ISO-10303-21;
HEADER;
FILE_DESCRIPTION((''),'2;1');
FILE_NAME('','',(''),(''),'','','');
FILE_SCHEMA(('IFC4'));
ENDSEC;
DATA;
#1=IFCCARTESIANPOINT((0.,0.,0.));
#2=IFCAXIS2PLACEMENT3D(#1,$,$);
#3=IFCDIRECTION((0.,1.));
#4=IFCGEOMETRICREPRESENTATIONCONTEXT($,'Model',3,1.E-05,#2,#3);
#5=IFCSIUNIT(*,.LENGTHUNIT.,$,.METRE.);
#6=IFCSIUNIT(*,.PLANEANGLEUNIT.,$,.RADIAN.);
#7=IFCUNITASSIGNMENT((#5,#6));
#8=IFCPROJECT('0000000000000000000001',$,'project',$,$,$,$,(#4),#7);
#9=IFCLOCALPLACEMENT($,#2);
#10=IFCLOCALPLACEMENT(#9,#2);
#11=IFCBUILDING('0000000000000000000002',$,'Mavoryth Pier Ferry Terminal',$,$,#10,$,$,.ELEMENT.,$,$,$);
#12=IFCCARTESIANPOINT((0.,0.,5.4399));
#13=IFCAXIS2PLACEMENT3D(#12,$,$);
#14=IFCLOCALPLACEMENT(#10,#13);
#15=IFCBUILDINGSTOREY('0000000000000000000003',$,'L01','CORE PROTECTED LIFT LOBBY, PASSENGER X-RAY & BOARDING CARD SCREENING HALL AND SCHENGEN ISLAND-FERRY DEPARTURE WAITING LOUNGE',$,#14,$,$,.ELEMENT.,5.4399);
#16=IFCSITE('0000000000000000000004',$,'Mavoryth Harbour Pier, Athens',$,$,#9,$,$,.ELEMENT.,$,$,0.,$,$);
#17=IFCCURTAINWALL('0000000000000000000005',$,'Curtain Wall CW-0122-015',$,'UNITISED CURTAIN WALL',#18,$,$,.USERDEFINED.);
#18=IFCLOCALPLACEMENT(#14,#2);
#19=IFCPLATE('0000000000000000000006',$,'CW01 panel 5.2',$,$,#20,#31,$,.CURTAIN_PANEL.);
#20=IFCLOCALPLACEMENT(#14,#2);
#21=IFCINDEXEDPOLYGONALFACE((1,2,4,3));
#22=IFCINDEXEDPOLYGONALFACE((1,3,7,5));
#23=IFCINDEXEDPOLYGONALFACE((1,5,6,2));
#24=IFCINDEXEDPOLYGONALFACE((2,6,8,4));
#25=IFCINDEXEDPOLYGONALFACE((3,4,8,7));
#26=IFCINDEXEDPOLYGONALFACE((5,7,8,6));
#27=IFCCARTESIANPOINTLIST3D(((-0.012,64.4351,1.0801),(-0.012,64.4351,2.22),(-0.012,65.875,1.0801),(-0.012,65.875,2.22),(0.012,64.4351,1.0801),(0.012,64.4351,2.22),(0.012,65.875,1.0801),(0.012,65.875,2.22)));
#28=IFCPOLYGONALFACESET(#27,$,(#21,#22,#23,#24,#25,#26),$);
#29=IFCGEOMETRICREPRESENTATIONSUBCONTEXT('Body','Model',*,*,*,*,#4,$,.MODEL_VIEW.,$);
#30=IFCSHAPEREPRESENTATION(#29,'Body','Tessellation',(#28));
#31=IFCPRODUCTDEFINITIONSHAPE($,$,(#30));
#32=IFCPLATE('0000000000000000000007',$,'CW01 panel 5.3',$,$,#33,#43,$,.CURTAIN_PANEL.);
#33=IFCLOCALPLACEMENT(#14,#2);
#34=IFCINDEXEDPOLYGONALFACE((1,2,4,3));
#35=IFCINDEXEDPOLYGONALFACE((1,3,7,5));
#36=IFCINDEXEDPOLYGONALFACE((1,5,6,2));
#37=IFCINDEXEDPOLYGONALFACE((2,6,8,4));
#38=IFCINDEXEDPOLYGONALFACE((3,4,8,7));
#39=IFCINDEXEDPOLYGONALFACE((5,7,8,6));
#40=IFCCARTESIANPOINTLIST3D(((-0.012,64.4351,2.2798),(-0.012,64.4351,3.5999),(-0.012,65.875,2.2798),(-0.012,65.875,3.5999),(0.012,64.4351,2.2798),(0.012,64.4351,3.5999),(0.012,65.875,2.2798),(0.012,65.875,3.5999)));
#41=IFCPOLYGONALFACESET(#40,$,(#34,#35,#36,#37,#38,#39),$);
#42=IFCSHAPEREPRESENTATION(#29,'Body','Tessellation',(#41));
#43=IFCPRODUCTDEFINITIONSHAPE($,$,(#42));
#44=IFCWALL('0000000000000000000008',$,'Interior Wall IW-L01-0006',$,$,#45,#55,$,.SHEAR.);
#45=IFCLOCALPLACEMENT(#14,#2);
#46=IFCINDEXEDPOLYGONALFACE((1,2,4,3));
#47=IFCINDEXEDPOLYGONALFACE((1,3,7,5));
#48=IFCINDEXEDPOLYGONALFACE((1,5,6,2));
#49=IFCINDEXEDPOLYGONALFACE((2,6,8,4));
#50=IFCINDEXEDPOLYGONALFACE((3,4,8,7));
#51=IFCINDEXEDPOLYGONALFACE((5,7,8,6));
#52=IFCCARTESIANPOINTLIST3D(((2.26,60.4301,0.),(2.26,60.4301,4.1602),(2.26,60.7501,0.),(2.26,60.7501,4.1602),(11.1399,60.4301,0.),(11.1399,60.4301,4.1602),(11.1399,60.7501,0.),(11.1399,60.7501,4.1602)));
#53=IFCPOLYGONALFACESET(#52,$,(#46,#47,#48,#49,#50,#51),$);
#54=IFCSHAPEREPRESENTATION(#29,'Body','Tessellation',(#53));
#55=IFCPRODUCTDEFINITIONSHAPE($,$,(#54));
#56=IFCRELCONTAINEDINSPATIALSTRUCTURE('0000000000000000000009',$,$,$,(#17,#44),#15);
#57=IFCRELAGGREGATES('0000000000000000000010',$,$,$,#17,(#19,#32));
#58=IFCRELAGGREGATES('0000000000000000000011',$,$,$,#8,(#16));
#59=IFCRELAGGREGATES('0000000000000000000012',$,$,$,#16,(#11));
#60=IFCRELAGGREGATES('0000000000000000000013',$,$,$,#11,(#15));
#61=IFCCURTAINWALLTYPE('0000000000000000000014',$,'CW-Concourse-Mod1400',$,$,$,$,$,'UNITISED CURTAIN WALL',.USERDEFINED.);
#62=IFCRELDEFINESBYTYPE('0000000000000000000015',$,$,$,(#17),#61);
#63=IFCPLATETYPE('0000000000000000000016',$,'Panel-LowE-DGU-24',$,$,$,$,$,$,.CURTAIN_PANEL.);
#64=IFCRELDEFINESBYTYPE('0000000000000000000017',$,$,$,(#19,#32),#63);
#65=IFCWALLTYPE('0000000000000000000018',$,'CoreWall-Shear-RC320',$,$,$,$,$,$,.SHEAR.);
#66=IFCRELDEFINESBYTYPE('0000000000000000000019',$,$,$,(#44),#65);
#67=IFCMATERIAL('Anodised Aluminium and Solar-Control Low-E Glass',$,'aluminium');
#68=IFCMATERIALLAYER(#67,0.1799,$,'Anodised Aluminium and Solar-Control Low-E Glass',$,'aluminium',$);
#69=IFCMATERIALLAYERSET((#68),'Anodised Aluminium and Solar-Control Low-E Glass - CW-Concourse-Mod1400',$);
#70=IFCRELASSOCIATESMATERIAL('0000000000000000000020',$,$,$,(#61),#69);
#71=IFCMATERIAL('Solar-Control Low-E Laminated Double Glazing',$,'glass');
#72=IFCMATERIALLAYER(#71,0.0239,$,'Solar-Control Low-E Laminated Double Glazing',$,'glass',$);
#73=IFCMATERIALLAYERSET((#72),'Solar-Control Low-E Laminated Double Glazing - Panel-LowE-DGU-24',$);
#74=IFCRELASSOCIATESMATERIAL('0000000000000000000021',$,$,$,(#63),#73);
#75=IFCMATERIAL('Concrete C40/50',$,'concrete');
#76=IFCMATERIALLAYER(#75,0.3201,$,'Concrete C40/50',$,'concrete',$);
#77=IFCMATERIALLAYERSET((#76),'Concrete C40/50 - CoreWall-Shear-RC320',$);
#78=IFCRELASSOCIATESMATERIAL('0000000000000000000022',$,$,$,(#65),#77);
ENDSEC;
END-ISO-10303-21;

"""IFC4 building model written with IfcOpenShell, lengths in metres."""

from ifc_helpers import new_model, si_unit, direction, frame, frame_2d, origin, origin_2d, place, context, subcontext, project, spatial, rectangle, extrude, material, layer, layer_set, type_object, element, aggregate, save


model = new_model("IFC4")

# Units and contexts
model_context = context("Model", 3, precision=1e-05, world=origin(), true_north=direction((0.0, 1.0)))
body_context = subcontext(model_context, "Body", "Model", "MODEL_VIEW")
ifc_project = project(units=[si_unit("LENGTHUNIT", "METRE"), si_unit("PLANEANGLEUNIT", "RADIAN")], contexts=[model_context])

# Site, building, storey
site_placement = place(None, origin())
site = spatial("IfcSite", under=ifc_project, at=site_placement, Name="Mavoryth Harbour Pier, Athens", CompositionType="ELEMENT", RefElevation=0.0)
building_placement = place(site_placement, origin())
building = spatial("IfcBuilding", under=site, at=building_placement, Name="Mavoryth Pier Ferry Terminal", CompositionType="ELEMENT")
storey_placement = place(building_placement, frame((0.0, 0.0, 5.4399)))
storey = spatial("IfcBuildingStorey", under=building, at=storey_placement, Name="L01", Description="CORE PROTECTED LIFT LOBBY, PASSENGER X-RAY & BOARDING CARD SCREENING HALL AND SCHENGEN ISLAND-FERRY DEPARTURE WAITING LOUNGE", CompositionType="ELEMENT", Elevation=5.4399)

# Shared definitions
ifc_material_1 = material(Name="Concrete C40/50", Category="concrete")

# Shared definitions
ifc_material_2 = material(Name="Anodised Aluminium and Solar-Control Low-E Glass", Category="aluminium")
ifc_layer_1 = layer(ifc_material_2, 0.1799, Name="Anodised Aluminium and Solar-Control Low-E Glass", Category="aluminium")
ifc_layer_set_1 = layer_set([ifc_layer_1], Name="Anodised Aluminium and Solar-Control Low-E Glass - CW-Concourse-Mod1400")
curtain_wall_type = type_object("IfcCurtainWallType", Name="CW-Concourse-Mod1400", ElementType="UNITISED CURTAIN WALL", PredefinedType="USERDEFINED", material=ifc_layer_set_1)

# Curtain wall
curtain_wall_1_placement = place(storey_placement, origin())
curtain_wall_1 = element("IfcCurtainWall", 1, at=curtain_wall_1_placement, inside=storey, type_object=curtain_wall_type, Name="Curtain Wall CW-0122-015", ObjectType="UNITISED CURTAIN WALL", PredefinedType="USERDEFINED")

# Plates
ifc_material_3 = material(Name="Solar-Control Low-E Laminated Double Glazing", Category="glass")
ifc_layer_2 = layer(ifc_material_3, 0.0239, Name="Solar-Control Low-E Laminated Double Glazing", Category="glass")
ifc_layer_set_2 = layer_set([ifc_layer_2], Name="Solar-Control Low-E Laminated Double Glazing - Panel-LowE-DGU-24")
plate_type = type_object("IfcPlateType", Name="Panel-LowE-DGU-24", PredefinedType="CURTAIN_PANEL", material=ifc_layer_set_2)
plate_1_placement = place(storey_placement, frame((0.0, 65.155, 1.0801), z_axis=(0.0, 0.0, 1.0), x_axis=(0.0, -1.0, 0.0)))
plate_1 = element("IfcPlate", 2, at=plate_1_placement, type_object=plate_type, Name="CW01 panel 5.2", PredefinedType="CURTAIN_PANEL", context=body_context, shape_type="SweptSolid", body=[
    extrude(rectangle(XDim=1.4399, YDim=0.0239, at=origin_2d()), origin(), (0.0, 0.0, 1.0), 1.1399),
])
plate_2_placement = place(storey_placement, frame((0.0, 65.155, 2.2798), z_axis=(0.0, 0.0, 1.0), x_axis=(0.0, -1.0, 0.0)))
plate_2 = element("IfcPlate", 3, at=plate_2_placement, type_object=plate_type, Name="CW01 panel 5.3", PredefinedType="CURTAIN_PANEL", context=body_context, shape_type="SweptSolid", body=[
    extrude(rectangle(XDim=1.4399, YDim=0.0239, at=origin_2d()), origin(), (0.0, 0.0, 1.0), 1.3201),
])
aggregate(curtain_wall_1, [plate_1, plate_2])

# Wall
ifc_layer_3 = layer(ifc_material_1, 0.3201, Name="Concrete C40/50", Category="concrete")
ifc_layer_set_3 = layer_set([ifc_layer_3], Name="Concrete C40/50 - CoreWall-Shear-RC320")
wall_type = type_object("IfcWallType", Name="CoreWall-Shear-RC320", PredefinedType="SHEAR", material=ifc_layer_set_3)
wall_placement = place(storey_placement, frame((2.26, 60.5901, 0.0), z_axis=(0.0, 0.0, 1.0), x_axis=(1.0, 0.0, 0.0)))
element("IfcWall", 4, at=wall_placement, inside=storey, type_object=wall_type, Name="Interior Wall IW-L01-0006", PredefinedType="SHEAR", context=body_context, shape_type="SweptSolid", body=[
    extrude(rectangle(XDim=8.8799, YDim=0.3201, at=frame_2d((4.4399, 0.0))), origin(), (0.0, 0.0, 1.0), 4.1602),
])

save(model, "model.ifc")
